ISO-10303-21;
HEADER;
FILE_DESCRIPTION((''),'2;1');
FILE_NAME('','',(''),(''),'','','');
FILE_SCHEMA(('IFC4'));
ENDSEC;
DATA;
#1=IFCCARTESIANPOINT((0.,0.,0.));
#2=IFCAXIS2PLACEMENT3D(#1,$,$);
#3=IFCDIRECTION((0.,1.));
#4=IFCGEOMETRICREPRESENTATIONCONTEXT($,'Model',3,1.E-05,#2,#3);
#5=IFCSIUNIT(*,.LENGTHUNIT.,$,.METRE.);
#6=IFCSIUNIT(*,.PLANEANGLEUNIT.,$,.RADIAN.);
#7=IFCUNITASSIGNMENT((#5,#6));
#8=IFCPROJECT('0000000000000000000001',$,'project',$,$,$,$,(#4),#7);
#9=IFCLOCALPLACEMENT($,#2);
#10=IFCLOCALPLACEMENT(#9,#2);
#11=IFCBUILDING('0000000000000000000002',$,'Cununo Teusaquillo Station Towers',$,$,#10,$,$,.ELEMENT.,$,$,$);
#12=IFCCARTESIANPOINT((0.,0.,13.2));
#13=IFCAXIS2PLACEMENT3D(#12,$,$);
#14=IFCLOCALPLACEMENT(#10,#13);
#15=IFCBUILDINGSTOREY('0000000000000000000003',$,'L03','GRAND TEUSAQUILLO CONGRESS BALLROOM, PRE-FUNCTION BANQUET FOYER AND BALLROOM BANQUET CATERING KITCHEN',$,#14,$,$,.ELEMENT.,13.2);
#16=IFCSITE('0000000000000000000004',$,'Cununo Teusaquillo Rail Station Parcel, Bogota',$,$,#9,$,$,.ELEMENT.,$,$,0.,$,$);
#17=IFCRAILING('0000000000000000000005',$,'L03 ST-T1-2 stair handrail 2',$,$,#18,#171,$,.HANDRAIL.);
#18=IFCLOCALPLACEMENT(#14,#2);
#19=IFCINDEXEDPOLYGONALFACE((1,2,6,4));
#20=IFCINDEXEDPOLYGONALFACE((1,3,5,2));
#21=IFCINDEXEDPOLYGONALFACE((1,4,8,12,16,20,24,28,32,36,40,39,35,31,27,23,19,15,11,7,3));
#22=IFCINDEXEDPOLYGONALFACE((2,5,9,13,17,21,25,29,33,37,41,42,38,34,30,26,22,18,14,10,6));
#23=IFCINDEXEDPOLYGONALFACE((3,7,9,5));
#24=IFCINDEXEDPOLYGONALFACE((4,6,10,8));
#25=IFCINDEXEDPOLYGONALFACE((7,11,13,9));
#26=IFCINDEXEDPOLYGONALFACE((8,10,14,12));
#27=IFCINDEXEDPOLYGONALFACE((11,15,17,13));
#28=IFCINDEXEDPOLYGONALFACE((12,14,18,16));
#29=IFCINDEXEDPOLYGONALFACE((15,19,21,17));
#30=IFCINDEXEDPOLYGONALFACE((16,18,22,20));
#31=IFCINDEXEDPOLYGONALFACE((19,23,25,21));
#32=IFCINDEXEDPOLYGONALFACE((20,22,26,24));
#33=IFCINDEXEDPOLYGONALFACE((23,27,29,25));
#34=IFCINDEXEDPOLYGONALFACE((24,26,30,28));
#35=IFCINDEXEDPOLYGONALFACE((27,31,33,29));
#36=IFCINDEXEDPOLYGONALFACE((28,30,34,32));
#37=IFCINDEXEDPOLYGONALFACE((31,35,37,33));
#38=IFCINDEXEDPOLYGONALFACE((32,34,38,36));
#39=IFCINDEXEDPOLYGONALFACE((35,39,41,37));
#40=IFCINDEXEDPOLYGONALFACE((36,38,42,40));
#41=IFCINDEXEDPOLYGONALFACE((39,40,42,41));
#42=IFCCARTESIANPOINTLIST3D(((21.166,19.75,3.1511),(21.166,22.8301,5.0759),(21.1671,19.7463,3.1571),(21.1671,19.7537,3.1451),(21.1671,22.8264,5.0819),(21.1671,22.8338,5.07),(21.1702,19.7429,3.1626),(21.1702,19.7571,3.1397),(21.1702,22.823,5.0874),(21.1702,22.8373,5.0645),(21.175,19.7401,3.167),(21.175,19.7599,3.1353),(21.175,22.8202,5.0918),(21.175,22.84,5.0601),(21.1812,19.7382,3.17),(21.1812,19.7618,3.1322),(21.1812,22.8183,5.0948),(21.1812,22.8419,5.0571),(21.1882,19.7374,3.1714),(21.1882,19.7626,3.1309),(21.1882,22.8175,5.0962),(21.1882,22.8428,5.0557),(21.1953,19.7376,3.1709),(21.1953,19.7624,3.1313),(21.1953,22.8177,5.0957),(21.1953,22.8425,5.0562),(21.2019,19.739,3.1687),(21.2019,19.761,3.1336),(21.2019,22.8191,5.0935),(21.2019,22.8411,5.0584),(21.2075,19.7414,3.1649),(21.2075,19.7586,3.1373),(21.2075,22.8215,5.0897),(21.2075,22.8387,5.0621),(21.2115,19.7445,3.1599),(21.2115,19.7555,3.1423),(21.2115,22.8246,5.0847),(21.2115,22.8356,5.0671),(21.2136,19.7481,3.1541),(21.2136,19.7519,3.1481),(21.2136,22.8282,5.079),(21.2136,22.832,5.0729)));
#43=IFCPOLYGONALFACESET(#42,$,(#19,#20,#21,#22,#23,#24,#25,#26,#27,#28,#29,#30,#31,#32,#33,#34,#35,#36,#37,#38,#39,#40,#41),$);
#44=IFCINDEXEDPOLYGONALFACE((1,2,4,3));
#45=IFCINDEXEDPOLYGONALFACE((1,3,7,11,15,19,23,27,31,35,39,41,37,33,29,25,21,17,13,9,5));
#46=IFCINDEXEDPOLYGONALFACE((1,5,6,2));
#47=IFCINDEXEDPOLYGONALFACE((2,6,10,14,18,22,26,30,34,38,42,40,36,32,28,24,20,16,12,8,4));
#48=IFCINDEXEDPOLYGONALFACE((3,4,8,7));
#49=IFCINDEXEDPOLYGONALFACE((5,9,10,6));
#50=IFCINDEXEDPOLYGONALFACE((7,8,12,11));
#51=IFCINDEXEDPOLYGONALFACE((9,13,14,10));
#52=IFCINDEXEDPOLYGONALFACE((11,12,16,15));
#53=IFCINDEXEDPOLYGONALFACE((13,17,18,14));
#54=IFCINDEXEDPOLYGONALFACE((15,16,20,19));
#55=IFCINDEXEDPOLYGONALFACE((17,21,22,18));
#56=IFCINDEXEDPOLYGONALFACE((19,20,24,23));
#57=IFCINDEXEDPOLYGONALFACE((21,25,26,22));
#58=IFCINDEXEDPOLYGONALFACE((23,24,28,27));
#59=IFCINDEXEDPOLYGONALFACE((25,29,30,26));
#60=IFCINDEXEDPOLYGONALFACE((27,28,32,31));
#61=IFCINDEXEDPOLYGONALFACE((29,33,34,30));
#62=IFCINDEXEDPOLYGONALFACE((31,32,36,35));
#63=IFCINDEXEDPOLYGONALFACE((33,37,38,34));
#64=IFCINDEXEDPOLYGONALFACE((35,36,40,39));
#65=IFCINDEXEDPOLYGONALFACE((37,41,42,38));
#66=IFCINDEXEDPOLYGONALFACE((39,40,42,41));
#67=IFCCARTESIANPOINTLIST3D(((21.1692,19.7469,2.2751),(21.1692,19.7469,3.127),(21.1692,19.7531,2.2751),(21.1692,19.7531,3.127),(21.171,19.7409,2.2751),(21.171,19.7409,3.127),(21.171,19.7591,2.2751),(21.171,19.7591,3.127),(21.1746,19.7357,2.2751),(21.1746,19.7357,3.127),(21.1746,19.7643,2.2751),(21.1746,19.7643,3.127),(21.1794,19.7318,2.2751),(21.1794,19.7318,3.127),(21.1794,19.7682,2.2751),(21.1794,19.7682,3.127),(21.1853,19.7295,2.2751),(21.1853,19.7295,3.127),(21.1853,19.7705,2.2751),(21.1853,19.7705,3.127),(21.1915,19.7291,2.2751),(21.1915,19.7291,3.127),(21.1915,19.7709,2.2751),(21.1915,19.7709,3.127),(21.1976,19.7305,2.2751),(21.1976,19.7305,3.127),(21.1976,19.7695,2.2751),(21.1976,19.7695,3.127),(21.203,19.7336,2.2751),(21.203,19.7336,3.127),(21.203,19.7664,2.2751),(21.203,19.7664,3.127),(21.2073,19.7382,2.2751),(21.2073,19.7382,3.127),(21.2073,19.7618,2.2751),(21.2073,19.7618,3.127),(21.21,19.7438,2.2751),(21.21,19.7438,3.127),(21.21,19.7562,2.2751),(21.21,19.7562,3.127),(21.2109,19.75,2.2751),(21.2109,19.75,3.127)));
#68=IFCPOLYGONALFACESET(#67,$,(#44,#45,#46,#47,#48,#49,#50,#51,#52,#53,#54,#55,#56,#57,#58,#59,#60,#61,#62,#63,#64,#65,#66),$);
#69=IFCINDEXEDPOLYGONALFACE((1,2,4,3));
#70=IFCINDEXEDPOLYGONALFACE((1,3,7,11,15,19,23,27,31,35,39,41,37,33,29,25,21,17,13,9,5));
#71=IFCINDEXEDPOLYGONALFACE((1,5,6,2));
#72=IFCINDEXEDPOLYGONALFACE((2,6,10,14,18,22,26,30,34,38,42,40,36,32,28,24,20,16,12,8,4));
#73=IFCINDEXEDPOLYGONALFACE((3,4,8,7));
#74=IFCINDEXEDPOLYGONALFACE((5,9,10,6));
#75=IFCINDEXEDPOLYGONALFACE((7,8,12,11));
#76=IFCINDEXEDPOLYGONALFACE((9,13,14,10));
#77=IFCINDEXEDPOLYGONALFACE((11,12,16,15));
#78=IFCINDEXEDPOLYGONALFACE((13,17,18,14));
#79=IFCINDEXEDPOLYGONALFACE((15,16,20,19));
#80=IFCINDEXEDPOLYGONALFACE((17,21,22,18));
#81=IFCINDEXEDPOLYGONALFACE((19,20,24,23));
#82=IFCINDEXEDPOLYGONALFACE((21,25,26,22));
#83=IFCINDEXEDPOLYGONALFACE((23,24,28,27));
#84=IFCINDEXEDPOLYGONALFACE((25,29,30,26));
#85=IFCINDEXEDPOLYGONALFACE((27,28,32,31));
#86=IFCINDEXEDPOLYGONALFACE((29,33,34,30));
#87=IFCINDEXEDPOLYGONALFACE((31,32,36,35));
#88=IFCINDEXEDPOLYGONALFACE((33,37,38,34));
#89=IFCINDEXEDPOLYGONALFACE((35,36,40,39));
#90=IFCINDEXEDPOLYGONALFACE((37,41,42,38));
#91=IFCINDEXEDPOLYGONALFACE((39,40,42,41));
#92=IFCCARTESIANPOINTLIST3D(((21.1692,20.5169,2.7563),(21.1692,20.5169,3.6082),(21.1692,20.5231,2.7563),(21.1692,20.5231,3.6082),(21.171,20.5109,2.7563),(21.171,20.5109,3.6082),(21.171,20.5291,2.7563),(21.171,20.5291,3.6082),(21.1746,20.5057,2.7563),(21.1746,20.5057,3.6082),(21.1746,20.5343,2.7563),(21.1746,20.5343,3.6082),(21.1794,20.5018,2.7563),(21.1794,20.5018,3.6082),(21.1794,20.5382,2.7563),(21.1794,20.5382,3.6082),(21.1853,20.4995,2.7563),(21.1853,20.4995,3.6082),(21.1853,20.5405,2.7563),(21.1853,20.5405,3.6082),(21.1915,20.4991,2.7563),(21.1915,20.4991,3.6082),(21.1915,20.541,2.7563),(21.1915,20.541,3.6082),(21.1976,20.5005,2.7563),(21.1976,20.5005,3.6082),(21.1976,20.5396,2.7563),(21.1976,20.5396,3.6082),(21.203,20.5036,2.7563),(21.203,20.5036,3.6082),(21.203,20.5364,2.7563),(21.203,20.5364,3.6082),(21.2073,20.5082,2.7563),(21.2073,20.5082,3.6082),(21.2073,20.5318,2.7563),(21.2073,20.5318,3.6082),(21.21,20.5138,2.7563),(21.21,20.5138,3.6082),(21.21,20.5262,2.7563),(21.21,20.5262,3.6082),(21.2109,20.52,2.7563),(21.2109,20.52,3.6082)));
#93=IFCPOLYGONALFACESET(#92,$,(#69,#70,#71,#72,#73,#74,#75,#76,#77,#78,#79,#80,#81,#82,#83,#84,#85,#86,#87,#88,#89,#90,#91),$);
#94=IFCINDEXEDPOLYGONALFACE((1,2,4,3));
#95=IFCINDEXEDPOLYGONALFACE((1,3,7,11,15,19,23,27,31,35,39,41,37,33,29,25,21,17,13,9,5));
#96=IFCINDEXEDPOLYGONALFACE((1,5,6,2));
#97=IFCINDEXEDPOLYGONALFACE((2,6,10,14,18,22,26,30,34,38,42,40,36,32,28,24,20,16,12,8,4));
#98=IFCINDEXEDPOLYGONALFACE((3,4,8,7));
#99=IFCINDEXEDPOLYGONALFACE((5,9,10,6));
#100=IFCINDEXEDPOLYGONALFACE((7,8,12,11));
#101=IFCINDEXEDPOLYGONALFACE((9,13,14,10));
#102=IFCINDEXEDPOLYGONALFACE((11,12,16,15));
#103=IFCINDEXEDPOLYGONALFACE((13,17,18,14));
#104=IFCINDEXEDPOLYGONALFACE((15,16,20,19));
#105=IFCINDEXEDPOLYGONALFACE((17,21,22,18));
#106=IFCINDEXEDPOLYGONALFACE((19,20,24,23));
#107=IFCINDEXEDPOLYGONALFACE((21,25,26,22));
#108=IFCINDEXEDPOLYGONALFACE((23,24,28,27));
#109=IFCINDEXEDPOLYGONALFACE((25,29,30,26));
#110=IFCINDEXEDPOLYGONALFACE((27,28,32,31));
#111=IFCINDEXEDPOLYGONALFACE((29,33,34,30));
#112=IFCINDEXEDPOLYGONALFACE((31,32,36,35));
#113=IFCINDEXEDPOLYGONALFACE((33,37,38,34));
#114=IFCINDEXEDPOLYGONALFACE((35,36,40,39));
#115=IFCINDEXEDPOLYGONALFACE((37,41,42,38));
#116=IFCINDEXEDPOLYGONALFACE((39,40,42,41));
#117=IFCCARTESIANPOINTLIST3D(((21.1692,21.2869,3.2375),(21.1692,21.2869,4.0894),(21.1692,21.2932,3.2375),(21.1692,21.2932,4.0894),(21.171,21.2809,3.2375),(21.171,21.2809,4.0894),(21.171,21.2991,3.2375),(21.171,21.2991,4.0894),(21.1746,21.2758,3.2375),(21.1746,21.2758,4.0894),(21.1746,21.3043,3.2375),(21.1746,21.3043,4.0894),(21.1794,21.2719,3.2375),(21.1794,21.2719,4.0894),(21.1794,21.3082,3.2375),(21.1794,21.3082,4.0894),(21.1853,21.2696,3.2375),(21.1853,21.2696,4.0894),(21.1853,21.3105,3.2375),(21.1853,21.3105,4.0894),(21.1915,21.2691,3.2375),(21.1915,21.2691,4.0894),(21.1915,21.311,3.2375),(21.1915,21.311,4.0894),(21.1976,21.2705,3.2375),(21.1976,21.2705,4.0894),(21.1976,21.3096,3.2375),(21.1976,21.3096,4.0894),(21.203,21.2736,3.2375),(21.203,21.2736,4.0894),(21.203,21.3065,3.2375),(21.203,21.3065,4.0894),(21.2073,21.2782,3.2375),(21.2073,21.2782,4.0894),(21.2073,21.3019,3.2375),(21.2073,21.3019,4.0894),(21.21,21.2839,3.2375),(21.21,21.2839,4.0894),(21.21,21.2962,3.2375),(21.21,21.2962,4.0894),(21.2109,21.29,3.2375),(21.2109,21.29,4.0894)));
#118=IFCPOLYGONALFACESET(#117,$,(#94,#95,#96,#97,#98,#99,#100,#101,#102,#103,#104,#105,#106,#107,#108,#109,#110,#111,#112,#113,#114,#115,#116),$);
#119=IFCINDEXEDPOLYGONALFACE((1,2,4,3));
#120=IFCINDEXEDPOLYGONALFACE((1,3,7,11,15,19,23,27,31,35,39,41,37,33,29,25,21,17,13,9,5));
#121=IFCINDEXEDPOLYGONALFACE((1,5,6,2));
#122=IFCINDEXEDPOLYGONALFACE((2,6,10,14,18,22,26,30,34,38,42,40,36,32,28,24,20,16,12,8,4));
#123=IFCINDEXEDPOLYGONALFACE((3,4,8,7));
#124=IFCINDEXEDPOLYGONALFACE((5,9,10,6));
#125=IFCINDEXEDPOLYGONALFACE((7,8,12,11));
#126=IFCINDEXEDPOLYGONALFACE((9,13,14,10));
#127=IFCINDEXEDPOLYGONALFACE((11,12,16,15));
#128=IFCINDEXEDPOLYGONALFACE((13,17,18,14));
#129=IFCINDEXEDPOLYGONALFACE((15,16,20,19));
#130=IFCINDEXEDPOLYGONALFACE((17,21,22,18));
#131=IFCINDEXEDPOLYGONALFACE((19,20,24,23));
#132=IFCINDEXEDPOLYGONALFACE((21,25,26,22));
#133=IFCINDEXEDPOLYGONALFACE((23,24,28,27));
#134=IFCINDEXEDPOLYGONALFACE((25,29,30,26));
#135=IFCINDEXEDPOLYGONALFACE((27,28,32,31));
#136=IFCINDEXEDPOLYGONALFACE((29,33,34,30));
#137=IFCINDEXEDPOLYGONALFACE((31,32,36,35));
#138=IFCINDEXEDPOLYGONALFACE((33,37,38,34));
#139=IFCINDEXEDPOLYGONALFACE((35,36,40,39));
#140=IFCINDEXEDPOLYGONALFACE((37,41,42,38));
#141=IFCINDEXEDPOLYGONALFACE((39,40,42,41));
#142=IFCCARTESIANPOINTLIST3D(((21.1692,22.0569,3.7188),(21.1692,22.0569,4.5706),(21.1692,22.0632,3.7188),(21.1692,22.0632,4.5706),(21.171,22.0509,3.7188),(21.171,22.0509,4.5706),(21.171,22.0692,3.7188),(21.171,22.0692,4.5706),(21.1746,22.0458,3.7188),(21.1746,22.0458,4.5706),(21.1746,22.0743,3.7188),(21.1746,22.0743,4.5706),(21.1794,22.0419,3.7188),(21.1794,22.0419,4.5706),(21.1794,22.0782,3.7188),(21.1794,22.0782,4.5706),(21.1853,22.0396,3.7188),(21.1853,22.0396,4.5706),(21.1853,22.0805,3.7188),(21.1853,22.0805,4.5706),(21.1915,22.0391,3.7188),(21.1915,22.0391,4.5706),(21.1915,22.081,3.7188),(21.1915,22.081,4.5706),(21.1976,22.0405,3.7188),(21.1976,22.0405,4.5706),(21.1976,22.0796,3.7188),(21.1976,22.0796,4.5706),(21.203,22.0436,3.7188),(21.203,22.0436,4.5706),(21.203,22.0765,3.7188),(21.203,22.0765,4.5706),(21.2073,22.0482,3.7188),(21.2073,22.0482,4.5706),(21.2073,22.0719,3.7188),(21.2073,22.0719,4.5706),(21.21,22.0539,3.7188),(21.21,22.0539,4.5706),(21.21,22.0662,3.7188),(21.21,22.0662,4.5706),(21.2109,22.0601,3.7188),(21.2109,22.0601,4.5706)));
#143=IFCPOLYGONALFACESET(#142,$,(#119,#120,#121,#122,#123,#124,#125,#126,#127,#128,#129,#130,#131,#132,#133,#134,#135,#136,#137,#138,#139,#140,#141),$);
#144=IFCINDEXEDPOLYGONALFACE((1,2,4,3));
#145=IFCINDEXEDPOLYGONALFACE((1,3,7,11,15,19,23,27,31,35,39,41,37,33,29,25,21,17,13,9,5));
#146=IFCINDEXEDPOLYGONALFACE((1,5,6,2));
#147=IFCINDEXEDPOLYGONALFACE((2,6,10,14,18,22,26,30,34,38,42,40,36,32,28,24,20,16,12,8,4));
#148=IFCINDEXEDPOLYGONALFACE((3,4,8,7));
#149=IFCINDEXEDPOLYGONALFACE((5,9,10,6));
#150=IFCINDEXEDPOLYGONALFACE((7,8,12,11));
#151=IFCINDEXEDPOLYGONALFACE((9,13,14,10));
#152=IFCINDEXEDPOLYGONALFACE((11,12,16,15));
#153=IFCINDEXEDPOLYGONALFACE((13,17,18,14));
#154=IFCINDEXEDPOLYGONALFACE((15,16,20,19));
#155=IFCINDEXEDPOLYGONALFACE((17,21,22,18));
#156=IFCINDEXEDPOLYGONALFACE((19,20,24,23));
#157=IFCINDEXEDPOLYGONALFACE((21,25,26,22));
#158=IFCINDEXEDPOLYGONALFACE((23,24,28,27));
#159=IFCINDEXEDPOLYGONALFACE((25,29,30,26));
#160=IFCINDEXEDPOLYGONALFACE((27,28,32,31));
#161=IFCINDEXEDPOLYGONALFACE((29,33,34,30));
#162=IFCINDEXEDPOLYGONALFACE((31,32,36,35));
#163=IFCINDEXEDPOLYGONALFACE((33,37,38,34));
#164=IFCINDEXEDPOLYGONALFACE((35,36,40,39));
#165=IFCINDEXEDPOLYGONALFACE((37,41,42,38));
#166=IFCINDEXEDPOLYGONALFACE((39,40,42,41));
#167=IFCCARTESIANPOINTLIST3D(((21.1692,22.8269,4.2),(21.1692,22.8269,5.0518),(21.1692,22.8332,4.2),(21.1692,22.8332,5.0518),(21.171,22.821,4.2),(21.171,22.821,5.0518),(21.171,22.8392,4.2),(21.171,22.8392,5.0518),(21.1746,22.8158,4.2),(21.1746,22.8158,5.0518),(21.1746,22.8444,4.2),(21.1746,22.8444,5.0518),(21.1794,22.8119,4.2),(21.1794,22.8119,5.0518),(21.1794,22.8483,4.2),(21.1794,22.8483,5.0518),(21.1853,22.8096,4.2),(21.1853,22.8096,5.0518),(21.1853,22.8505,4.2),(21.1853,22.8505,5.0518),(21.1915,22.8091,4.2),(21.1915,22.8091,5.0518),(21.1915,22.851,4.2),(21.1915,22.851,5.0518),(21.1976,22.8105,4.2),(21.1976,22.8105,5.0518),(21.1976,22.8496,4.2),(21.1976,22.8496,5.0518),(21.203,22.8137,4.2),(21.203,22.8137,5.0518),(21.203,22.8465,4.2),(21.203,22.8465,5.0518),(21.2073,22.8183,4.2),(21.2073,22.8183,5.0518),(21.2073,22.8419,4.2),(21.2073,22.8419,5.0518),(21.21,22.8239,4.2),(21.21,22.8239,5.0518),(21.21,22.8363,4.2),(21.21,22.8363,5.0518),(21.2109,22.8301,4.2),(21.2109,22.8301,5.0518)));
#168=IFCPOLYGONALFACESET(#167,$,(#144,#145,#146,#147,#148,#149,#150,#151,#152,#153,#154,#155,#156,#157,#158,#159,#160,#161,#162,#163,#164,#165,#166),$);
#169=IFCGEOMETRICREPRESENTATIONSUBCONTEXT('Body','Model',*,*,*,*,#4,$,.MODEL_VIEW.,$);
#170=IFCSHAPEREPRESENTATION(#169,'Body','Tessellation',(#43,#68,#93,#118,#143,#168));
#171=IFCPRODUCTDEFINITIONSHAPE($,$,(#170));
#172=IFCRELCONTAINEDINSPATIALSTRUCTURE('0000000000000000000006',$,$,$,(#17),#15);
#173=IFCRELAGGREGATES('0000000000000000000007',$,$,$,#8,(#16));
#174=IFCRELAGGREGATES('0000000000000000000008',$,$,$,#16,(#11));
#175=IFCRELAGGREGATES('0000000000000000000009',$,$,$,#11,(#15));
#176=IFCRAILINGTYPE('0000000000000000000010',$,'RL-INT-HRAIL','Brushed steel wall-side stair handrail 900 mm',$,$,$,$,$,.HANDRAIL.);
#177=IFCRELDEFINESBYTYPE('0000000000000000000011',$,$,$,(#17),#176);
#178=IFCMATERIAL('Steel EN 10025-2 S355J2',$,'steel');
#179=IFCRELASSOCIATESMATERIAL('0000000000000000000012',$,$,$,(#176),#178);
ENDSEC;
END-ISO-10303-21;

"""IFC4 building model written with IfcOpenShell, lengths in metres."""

from ifc_helpers import new_model, si_unit, direction, frame, origin, origin_2d, place, context, subcontext, project, spatial, circle, extrude, material, type_object, element, save


model = new_model("IFC4")

# Units and contexts
model_context = context("Model", 3, precision=1e-05, world=origin(), true_north=direction((0.0, 1.0)))
body_context = subcontext(model_context, "Body", "Model", "MODEL_VIEW")
ifc_project = project(units=[si_unit("LENGTHUNIT", "METRE"), si_unit("PLANEANGLEUNIT", "RADIAN")], contexts=[model_context])

# Site, building, storey
site_placement = place(None, origin())
site = spatial("IfcSite", under=ifc_project, at=site_placement, Name="Cununo Teusaquillo Rail Station Parcel, Bogota", CompositionType="ELEMENT", RefElevation=0.0)
building_placement = place(site_placement, origin())
building = spatial("IfcBuilding", under=site, at=building_placement, Name="Cununo Teusaquillo Station Towers", CompositionType="ELEMENT")
storey_placement = place(building_placement, frame((0.0, 0.0, 13.2)))
storey = spatial("IfcBuildingStorey", under=building, at=storey_placement, Name="L03", Description="GRAND TEUSAQUILLO CONGRESS BALLROOM, PRE-FUNCTION BANQUET FOYER AND BALLROOM BANQUET CATERING KITCHEN", CompositionType="ELEMENT", Elevation=13.2)

# Railing
ifc_material_1 = material(Name="Steel EN 10025-2 S355J2", Category="steel")
railing_type_1 = type_object("IfcRailingType", Name="RL-INT-HRAIL", Description="Brushed steel wall-side stair handrail 900 mm", PredefinedType="HANDRAIL", material=ifc_material_1)
railing_1_placement = place(storey_placement, frame((21.1899, 19.75, 2.2751)))
element("IfcRailing", 1, at=railing_1_placement, inside=storey, type_object=railing_type_1, Name="L03 ST-T1-2 stair handrail 2", PredefinedType="HANDRAIL", context=body_context, shape_type="SweptSolid", body=[
    extrude(circle(Radius=0.0239, at=origin_2d()), frame((0.0, 0.0, 0.876), z_axis=(0.0, 0.848029, 0.529951), x_axis=(-1.0, 0.0, 0.0)), (0.0, 0.0, 1.0), 3.6321),
    extrude(circle(Radius=0.021, at=origin_2d()), origin(), (0.0, 0.0, 1.0), 0.8518),
    extrude(circle(Radius=0.021, at=origin_2d()), frame((0.0, 0.77, 0.4812)), (0.0, 0.0, 1.0), 0.8518),
    extrude(circle(Radius=0.021, at=origin_2d()), frame((0.0, 1.54, 0.9624)), (0.0, 0.0, 1.0), 0.8518),
    extrude(circle(Radius=0.021, at=origin_2d()), frame((0.0, 2.3101, 1.4436)), (0.0, 0.0, 1.0), 0.8518),
    extrude(circle(Radius=0.021, at=origin_2d()), frame((0.0, 3.0801, 1.9248)), (0.0, 0.0, 1.0), 0.8518),
])

save(model, "model.ifc")
